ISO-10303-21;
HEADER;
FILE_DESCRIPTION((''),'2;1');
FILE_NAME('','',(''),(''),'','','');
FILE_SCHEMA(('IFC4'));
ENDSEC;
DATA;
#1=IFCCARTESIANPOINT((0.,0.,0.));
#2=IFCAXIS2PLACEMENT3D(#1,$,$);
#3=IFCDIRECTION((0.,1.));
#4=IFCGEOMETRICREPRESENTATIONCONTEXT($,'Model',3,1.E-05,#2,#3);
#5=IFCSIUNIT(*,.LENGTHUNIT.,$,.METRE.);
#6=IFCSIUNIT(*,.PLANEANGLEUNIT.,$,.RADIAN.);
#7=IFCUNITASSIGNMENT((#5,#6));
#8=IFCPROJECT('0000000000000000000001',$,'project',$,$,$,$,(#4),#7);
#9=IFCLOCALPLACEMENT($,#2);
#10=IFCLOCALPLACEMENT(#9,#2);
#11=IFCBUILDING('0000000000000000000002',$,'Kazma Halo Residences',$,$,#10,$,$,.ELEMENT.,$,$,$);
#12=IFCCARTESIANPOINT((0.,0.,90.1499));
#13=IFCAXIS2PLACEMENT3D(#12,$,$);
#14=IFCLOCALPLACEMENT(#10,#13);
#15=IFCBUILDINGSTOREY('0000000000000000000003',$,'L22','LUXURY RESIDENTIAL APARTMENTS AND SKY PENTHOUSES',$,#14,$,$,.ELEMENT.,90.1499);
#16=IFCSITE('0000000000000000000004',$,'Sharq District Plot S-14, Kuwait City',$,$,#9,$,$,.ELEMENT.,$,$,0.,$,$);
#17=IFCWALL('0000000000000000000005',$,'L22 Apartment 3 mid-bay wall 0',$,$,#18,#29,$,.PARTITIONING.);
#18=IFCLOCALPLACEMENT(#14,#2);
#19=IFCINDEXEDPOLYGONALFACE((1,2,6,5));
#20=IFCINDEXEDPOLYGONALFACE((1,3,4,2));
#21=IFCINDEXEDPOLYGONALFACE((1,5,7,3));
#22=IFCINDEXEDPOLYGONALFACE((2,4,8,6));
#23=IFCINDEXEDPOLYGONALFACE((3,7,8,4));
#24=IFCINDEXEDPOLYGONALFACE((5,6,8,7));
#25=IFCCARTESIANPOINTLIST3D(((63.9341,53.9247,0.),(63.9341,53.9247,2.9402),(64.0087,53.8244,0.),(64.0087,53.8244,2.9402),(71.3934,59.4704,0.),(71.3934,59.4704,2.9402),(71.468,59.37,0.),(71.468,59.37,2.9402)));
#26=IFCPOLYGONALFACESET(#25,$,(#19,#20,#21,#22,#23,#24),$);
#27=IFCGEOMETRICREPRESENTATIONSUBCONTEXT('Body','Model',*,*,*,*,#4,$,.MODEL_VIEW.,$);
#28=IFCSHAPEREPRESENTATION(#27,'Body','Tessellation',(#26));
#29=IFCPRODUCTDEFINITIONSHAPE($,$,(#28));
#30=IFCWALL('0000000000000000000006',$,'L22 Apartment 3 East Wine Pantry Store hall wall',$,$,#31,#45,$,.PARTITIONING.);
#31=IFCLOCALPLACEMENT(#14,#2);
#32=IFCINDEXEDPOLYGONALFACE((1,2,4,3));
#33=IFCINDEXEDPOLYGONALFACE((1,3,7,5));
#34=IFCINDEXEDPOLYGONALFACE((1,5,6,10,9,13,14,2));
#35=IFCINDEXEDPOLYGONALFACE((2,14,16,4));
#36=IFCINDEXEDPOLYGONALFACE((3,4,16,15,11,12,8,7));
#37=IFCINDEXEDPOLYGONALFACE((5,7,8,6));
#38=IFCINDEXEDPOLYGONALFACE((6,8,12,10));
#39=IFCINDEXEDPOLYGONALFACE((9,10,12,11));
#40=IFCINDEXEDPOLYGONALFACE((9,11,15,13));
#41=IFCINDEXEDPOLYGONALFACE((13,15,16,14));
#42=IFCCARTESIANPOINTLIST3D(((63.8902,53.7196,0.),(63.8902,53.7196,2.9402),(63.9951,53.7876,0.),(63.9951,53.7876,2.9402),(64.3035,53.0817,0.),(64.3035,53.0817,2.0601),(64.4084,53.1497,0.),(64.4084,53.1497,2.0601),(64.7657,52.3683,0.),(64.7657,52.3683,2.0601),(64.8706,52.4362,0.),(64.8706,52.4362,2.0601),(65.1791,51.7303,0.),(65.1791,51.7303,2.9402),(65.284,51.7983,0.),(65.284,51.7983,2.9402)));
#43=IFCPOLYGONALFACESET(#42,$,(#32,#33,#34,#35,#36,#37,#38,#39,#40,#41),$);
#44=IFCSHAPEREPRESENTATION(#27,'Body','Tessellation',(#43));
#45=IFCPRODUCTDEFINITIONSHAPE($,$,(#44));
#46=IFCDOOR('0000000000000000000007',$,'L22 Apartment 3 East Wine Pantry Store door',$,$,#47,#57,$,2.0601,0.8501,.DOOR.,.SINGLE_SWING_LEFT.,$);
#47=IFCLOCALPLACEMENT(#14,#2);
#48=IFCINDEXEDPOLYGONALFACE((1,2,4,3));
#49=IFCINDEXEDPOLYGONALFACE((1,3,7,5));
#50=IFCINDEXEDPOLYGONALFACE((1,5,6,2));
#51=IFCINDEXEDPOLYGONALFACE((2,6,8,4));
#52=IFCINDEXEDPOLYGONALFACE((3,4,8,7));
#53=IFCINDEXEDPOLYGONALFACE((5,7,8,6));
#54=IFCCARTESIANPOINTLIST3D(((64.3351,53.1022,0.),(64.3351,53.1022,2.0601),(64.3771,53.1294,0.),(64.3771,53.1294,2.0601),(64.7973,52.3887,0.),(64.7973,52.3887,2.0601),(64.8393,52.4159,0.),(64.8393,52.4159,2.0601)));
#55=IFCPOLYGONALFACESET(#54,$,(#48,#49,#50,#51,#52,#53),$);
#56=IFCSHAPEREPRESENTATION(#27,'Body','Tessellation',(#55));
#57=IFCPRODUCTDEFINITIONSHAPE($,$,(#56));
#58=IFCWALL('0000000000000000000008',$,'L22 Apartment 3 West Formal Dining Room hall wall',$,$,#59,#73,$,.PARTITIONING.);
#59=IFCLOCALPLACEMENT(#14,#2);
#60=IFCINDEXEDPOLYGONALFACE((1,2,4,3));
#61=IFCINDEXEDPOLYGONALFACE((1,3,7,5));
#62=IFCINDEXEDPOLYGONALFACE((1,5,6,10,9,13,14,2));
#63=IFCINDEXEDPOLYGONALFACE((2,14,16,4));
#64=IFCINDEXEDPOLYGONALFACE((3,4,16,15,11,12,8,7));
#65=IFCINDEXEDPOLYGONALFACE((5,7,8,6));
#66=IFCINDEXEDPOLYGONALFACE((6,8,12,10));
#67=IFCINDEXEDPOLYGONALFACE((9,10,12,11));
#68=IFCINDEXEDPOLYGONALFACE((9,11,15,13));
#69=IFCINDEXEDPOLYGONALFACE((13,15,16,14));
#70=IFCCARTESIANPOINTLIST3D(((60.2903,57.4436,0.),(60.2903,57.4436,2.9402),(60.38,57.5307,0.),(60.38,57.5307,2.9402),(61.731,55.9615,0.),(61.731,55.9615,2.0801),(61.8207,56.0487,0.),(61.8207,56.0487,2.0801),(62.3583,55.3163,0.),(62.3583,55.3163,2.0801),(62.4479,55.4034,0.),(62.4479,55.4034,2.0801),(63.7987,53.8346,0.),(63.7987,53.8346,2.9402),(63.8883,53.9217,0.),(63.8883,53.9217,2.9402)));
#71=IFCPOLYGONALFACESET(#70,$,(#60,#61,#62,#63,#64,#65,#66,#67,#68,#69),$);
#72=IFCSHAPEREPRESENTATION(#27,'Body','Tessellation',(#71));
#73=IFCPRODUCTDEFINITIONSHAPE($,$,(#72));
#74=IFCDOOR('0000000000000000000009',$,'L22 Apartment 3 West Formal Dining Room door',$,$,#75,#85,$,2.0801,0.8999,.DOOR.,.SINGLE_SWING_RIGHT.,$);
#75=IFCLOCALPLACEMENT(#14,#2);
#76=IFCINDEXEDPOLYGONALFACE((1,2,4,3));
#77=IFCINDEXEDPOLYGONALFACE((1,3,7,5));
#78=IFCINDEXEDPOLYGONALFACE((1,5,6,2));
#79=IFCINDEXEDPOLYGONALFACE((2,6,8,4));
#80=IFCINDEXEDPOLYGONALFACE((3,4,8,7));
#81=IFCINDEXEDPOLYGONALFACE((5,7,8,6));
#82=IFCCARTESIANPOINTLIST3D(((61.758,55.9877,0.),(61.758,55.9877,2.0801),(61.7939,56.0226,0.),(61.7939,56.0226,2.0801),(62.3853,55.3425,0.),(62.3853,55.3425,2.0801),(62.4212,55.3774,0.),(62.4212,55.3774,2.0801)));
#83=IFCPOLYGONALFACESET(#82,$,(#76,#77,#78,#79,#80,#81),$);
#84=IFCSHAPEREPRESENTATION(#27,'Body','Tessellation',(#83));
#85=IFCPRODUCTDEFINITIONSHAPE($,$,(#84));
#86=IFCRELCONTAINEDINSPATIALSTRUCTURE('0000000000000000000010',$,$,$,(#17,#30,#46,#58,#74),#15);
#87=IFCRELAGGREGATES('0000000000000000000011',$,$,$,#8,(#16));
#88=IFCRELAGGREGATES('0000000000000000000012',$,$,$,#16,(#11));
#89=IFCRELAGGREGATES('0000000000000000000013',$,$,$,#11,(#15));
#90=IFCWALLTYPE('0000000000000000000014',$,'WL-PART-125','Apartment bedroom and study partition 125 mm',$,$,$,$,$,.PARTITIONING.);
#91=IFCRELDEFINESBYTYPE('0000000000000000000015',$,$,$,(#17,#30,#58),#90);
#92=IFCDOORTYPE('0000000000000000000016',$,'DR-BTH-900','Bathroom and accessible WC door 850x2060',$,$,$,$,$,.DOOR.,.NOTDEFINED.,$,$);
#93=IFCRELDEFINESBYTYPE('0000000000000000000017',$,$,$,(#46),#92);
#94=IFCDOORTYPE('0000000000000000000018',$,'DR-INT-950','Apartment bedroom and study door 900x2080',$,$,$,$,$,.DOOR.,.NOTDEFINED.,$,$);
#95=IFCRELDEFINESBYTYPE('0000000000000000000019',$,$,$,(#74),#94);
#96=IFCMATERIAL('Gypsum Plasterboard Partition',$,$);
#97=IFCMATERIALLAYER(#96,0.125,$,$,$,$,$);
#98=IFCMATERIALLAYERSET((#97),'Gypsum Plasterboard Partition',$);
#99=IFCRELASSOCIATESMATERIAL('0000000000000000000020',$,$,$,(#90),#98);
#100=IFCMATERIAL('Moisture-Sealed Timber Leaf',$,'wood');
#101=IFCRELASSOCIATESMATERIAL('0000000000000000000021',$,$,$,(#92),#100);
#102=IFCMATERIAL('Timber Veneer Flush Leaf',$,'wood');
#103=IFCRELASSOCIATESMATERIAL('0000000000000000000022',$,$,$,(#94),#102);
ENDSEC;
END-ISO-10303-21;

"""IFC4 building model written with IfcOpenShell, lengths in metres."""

from ifc_helpers import new_model, si_unit, direction, frame, frame_2d, origin, place, context, subcontext, project, spatial, rectangle, extrude, material, layer, layer_set, type_object, element, fill, save


model = new_model("IFC4")

# Units and contexts
model_context = context("Model", 3, precision=1e-05, world=origin(), true_north=direction((0.0, 1.0)))
body_context = subcontext(model_context, "Body", "Model", "MODEL_VIEW")
ifc_project = project(units=[si_unit("LENGTHUNIT", "METRE"), si_unit("PLANEANGLEUNIT", "RADIAN")], contexts=[model_context])

# Site, building, storey
site_placement = place(None, origin())
site = spatial("IfcSite", under=ifc_project, at=site_placement, Name="Sharq District Plot S-14, Kuwait City", CompositionType="ELEMENT", RefElevation=0.0)
building_placement = place(site_placement, origin())
building = spatial("IfcBuilding", under=site, at=building_placement, Name="Kazma Halo Residences", CompositionType="ELEMENT")
storey_placement = place(building_placement, frame((0.0, 0.0, 90.1499)))
storey = spatial("IfcBuildingStorey", under=building, at=storey_placement, Name="L22", Description="LUXURY RESIDENTIAL APARTMENTS AND SKY PENTHOUSES", CompositionType="ELEMENT", Elevation=90.1499)

# Wall
ifc_material_1 = material(Name="Gypsum Plasterboard Partition")
ifc_layer_1 = layer(ifc_material_1, 0.125)
ifc_layer_set_1 = layer_set([ifc_layer_1], Name="Gypsum Plasterboard Partition")
wall_type_1 = type_object("IfcWallType", Name="WL-PART-125", Description="Apartment bedroom and study partition 125 mm", PredefinedType="PARTITIONING", material=ifc_layer_set_1)
wall_1_placement = place(storey_placement, frame((63.9714, 53.8745, 0.0), z_axis=(0.0, 0.0, 1.0), x_axis=(0.802511, 0.596637, 0.0)))
element("IfcWall", 1, at=wall_1_placement, inside=storey, type_object=wall_type_1, Name="L22 Apartment 3 mid-bay wall 0", PredefinedType="PARTITIONING", context=body_context, shape_type="SweptSolid", body=[
    extrude(rectangle(XDim=9.2949, YDim=0.125, at=frame_2d((4.6475, 0.0))), origin(), (0.0, 0.0, 1.0), 2.9402),
])

# Walls, openings, doors
wall_2_placement = place(storey_placement, frame((65.2314, 51.7644, 0.0), z_axis=(0.0, 0.0, 1.0), x_axis=(-0.543742, 0.839252, 0.0)))
wall_2 = element("IfcWall", 2, at=wall_2_placement, inside=storey, type_object=wall_type_1, Name="L22 Apartment 3 East Wine Pantry Store hall wall", PredefinedType="PARTITIONING", context=body_context, shape_type="SweptSolid", body=[
    extrude(rectangle(XDim=2.3704, YDim=0.125, at=frame_2d((1.1851, 0.0))), origin(), (0.0, 0.0, 1.0), 2.9402),
])
opening_1_placement = place(wall_2_placement, frame((0.76, 0.0, 0.0)))
opening_1 = element("IfcOpeningElement", 3, at=opening_1_placement, cuts=wall_2, PredefinedType="OPENING", context=body_context, shape_type="SweptSolid", body=[
    extrude(rectangle(XDim=0.8501, YDim=2.0601, at=frame_2d((0.425, 1.03))), frame((0.0, 0.0725, 0.0), z_axis=(0.0, -1.0, 0.0), x_axis=(1.0, 0.0, 0.0)), (0.0, 0.0, 1.0), 0.145),
])
ifc_material_2 = material(Name="Moisture-Sealed Timber Leaf", Category="wood")
door_type_1 = type_object("IfcDoorType", Name="DR-BTH-900", Description="Bathroom and accessible WC door 850x2060", OperationType="NOTDEFINED", PredefinedType="DOOR", material=ifc_material_2)
door_1_placement = place(opening_1_placement, origin())
door_1 = element("IfcDoor", 4, at=door_1_placement, inside=storey, type_object=door_type_1, Name="L22 Apartment 3 East Wine Pantry Store door", OperationType="SINGLE_SWING_LEFT", OverallHeight=2.0601, OverallWidth=0.8501, PredefinedType="DOOR", context=body_context, shape_type="SweptSolid", body=[
    extrude(rectangle(XDim=0.8501, YDim=2.0601, at=frame_2d((0.425, 1.03))), frame((0.0, 0.0249, 0.0), z_axis=(0.0, -1.0, 0.0), x_axis=(1.0, 0.0, 0.0)), (0.0, 0.0, 1.0), 0.05),
])
fill(opening_1, door_1)
wall_3_placement = place(storey_placement, frame((63.8435, 53.8782, 0.0), z_axis=(0.0, 0.0, 1.0), x_axis=(-0.697044, 0.717029, 0.0)))
wall_3 = element("IfcWall", 5, at=wall_3_placement, inside=storey, type_object=wall_type_1, Name="L22 Apartment 3 West Formal Dining Room hall wall", PredefinedType="PARTITIONING", context=body_context, shape_type="SweptSolid", body=[
    extrude(rectangle(XDim=5.0332, YDim=0.125, at=frame_2d((2.5166, 0.0))), origin(), (0.0, 0.0, 1.0), 2.9402),
])
opening_2_placement = place(wall_3_placement, frame((2.0664, 0.0, 0.0)))
opening_2 = element("IfcOpeningElement", 6, at=opening_2_placement, cuts=wall_3, PredefinedType="OPENING", context=body_context, shape_type="SweptSolid", body=[
    extrude(rectangle(XDim=0.8999, YDim=2.0801, at=frame_2d((0.45, 1.04))), frame((0.0, 0.0725, 0.0), z_axis=(0.0, -1.0, 0.0), x_axis=(1.0, 0.0, 0.0)), (0.0, 0.0, 1.0), 0.145),
])
ifc_material_3 = material(Name="Timber Veneer Flush Leaf", Category="wood")
door_type_2 = type_object("IfcDoorType", Name="DR-INT-950", Description="Apartment bedroom and study door 900x2080", OperationType="NOTDEFINED", PredefinedType="DOOR", material=ifc_material_3)
door_2_placement = place(opening_2_placement, origin())
door_2 = element("IfcDoor", 7, at=door_2_placement, inside=storey, type_object=door_type_2, Name="L22 Apartment 3 West Formal Dining Room door", OperationType="SINGLE_SWING_RIGHT", OverallHeight=2.0801, OverallWidth=0.8999, PredefinedType="DOOR", context=body_context, shape_type="SweptSolid", body=[
    extrude(rectangle(XDim=0.8999, YDim=2.0801, at=frame_2d((0.45, 1.04))), frame((0.0, 0.0249, 0.0), z_axis=(0.0, -1.0, 0.0), x_axis=(1.0, 0.0, 0.0)), (0.0, 0.0, 1.0), 0.05),
])
fill(opening_2, door_2)

save(model, "model.ifc")
